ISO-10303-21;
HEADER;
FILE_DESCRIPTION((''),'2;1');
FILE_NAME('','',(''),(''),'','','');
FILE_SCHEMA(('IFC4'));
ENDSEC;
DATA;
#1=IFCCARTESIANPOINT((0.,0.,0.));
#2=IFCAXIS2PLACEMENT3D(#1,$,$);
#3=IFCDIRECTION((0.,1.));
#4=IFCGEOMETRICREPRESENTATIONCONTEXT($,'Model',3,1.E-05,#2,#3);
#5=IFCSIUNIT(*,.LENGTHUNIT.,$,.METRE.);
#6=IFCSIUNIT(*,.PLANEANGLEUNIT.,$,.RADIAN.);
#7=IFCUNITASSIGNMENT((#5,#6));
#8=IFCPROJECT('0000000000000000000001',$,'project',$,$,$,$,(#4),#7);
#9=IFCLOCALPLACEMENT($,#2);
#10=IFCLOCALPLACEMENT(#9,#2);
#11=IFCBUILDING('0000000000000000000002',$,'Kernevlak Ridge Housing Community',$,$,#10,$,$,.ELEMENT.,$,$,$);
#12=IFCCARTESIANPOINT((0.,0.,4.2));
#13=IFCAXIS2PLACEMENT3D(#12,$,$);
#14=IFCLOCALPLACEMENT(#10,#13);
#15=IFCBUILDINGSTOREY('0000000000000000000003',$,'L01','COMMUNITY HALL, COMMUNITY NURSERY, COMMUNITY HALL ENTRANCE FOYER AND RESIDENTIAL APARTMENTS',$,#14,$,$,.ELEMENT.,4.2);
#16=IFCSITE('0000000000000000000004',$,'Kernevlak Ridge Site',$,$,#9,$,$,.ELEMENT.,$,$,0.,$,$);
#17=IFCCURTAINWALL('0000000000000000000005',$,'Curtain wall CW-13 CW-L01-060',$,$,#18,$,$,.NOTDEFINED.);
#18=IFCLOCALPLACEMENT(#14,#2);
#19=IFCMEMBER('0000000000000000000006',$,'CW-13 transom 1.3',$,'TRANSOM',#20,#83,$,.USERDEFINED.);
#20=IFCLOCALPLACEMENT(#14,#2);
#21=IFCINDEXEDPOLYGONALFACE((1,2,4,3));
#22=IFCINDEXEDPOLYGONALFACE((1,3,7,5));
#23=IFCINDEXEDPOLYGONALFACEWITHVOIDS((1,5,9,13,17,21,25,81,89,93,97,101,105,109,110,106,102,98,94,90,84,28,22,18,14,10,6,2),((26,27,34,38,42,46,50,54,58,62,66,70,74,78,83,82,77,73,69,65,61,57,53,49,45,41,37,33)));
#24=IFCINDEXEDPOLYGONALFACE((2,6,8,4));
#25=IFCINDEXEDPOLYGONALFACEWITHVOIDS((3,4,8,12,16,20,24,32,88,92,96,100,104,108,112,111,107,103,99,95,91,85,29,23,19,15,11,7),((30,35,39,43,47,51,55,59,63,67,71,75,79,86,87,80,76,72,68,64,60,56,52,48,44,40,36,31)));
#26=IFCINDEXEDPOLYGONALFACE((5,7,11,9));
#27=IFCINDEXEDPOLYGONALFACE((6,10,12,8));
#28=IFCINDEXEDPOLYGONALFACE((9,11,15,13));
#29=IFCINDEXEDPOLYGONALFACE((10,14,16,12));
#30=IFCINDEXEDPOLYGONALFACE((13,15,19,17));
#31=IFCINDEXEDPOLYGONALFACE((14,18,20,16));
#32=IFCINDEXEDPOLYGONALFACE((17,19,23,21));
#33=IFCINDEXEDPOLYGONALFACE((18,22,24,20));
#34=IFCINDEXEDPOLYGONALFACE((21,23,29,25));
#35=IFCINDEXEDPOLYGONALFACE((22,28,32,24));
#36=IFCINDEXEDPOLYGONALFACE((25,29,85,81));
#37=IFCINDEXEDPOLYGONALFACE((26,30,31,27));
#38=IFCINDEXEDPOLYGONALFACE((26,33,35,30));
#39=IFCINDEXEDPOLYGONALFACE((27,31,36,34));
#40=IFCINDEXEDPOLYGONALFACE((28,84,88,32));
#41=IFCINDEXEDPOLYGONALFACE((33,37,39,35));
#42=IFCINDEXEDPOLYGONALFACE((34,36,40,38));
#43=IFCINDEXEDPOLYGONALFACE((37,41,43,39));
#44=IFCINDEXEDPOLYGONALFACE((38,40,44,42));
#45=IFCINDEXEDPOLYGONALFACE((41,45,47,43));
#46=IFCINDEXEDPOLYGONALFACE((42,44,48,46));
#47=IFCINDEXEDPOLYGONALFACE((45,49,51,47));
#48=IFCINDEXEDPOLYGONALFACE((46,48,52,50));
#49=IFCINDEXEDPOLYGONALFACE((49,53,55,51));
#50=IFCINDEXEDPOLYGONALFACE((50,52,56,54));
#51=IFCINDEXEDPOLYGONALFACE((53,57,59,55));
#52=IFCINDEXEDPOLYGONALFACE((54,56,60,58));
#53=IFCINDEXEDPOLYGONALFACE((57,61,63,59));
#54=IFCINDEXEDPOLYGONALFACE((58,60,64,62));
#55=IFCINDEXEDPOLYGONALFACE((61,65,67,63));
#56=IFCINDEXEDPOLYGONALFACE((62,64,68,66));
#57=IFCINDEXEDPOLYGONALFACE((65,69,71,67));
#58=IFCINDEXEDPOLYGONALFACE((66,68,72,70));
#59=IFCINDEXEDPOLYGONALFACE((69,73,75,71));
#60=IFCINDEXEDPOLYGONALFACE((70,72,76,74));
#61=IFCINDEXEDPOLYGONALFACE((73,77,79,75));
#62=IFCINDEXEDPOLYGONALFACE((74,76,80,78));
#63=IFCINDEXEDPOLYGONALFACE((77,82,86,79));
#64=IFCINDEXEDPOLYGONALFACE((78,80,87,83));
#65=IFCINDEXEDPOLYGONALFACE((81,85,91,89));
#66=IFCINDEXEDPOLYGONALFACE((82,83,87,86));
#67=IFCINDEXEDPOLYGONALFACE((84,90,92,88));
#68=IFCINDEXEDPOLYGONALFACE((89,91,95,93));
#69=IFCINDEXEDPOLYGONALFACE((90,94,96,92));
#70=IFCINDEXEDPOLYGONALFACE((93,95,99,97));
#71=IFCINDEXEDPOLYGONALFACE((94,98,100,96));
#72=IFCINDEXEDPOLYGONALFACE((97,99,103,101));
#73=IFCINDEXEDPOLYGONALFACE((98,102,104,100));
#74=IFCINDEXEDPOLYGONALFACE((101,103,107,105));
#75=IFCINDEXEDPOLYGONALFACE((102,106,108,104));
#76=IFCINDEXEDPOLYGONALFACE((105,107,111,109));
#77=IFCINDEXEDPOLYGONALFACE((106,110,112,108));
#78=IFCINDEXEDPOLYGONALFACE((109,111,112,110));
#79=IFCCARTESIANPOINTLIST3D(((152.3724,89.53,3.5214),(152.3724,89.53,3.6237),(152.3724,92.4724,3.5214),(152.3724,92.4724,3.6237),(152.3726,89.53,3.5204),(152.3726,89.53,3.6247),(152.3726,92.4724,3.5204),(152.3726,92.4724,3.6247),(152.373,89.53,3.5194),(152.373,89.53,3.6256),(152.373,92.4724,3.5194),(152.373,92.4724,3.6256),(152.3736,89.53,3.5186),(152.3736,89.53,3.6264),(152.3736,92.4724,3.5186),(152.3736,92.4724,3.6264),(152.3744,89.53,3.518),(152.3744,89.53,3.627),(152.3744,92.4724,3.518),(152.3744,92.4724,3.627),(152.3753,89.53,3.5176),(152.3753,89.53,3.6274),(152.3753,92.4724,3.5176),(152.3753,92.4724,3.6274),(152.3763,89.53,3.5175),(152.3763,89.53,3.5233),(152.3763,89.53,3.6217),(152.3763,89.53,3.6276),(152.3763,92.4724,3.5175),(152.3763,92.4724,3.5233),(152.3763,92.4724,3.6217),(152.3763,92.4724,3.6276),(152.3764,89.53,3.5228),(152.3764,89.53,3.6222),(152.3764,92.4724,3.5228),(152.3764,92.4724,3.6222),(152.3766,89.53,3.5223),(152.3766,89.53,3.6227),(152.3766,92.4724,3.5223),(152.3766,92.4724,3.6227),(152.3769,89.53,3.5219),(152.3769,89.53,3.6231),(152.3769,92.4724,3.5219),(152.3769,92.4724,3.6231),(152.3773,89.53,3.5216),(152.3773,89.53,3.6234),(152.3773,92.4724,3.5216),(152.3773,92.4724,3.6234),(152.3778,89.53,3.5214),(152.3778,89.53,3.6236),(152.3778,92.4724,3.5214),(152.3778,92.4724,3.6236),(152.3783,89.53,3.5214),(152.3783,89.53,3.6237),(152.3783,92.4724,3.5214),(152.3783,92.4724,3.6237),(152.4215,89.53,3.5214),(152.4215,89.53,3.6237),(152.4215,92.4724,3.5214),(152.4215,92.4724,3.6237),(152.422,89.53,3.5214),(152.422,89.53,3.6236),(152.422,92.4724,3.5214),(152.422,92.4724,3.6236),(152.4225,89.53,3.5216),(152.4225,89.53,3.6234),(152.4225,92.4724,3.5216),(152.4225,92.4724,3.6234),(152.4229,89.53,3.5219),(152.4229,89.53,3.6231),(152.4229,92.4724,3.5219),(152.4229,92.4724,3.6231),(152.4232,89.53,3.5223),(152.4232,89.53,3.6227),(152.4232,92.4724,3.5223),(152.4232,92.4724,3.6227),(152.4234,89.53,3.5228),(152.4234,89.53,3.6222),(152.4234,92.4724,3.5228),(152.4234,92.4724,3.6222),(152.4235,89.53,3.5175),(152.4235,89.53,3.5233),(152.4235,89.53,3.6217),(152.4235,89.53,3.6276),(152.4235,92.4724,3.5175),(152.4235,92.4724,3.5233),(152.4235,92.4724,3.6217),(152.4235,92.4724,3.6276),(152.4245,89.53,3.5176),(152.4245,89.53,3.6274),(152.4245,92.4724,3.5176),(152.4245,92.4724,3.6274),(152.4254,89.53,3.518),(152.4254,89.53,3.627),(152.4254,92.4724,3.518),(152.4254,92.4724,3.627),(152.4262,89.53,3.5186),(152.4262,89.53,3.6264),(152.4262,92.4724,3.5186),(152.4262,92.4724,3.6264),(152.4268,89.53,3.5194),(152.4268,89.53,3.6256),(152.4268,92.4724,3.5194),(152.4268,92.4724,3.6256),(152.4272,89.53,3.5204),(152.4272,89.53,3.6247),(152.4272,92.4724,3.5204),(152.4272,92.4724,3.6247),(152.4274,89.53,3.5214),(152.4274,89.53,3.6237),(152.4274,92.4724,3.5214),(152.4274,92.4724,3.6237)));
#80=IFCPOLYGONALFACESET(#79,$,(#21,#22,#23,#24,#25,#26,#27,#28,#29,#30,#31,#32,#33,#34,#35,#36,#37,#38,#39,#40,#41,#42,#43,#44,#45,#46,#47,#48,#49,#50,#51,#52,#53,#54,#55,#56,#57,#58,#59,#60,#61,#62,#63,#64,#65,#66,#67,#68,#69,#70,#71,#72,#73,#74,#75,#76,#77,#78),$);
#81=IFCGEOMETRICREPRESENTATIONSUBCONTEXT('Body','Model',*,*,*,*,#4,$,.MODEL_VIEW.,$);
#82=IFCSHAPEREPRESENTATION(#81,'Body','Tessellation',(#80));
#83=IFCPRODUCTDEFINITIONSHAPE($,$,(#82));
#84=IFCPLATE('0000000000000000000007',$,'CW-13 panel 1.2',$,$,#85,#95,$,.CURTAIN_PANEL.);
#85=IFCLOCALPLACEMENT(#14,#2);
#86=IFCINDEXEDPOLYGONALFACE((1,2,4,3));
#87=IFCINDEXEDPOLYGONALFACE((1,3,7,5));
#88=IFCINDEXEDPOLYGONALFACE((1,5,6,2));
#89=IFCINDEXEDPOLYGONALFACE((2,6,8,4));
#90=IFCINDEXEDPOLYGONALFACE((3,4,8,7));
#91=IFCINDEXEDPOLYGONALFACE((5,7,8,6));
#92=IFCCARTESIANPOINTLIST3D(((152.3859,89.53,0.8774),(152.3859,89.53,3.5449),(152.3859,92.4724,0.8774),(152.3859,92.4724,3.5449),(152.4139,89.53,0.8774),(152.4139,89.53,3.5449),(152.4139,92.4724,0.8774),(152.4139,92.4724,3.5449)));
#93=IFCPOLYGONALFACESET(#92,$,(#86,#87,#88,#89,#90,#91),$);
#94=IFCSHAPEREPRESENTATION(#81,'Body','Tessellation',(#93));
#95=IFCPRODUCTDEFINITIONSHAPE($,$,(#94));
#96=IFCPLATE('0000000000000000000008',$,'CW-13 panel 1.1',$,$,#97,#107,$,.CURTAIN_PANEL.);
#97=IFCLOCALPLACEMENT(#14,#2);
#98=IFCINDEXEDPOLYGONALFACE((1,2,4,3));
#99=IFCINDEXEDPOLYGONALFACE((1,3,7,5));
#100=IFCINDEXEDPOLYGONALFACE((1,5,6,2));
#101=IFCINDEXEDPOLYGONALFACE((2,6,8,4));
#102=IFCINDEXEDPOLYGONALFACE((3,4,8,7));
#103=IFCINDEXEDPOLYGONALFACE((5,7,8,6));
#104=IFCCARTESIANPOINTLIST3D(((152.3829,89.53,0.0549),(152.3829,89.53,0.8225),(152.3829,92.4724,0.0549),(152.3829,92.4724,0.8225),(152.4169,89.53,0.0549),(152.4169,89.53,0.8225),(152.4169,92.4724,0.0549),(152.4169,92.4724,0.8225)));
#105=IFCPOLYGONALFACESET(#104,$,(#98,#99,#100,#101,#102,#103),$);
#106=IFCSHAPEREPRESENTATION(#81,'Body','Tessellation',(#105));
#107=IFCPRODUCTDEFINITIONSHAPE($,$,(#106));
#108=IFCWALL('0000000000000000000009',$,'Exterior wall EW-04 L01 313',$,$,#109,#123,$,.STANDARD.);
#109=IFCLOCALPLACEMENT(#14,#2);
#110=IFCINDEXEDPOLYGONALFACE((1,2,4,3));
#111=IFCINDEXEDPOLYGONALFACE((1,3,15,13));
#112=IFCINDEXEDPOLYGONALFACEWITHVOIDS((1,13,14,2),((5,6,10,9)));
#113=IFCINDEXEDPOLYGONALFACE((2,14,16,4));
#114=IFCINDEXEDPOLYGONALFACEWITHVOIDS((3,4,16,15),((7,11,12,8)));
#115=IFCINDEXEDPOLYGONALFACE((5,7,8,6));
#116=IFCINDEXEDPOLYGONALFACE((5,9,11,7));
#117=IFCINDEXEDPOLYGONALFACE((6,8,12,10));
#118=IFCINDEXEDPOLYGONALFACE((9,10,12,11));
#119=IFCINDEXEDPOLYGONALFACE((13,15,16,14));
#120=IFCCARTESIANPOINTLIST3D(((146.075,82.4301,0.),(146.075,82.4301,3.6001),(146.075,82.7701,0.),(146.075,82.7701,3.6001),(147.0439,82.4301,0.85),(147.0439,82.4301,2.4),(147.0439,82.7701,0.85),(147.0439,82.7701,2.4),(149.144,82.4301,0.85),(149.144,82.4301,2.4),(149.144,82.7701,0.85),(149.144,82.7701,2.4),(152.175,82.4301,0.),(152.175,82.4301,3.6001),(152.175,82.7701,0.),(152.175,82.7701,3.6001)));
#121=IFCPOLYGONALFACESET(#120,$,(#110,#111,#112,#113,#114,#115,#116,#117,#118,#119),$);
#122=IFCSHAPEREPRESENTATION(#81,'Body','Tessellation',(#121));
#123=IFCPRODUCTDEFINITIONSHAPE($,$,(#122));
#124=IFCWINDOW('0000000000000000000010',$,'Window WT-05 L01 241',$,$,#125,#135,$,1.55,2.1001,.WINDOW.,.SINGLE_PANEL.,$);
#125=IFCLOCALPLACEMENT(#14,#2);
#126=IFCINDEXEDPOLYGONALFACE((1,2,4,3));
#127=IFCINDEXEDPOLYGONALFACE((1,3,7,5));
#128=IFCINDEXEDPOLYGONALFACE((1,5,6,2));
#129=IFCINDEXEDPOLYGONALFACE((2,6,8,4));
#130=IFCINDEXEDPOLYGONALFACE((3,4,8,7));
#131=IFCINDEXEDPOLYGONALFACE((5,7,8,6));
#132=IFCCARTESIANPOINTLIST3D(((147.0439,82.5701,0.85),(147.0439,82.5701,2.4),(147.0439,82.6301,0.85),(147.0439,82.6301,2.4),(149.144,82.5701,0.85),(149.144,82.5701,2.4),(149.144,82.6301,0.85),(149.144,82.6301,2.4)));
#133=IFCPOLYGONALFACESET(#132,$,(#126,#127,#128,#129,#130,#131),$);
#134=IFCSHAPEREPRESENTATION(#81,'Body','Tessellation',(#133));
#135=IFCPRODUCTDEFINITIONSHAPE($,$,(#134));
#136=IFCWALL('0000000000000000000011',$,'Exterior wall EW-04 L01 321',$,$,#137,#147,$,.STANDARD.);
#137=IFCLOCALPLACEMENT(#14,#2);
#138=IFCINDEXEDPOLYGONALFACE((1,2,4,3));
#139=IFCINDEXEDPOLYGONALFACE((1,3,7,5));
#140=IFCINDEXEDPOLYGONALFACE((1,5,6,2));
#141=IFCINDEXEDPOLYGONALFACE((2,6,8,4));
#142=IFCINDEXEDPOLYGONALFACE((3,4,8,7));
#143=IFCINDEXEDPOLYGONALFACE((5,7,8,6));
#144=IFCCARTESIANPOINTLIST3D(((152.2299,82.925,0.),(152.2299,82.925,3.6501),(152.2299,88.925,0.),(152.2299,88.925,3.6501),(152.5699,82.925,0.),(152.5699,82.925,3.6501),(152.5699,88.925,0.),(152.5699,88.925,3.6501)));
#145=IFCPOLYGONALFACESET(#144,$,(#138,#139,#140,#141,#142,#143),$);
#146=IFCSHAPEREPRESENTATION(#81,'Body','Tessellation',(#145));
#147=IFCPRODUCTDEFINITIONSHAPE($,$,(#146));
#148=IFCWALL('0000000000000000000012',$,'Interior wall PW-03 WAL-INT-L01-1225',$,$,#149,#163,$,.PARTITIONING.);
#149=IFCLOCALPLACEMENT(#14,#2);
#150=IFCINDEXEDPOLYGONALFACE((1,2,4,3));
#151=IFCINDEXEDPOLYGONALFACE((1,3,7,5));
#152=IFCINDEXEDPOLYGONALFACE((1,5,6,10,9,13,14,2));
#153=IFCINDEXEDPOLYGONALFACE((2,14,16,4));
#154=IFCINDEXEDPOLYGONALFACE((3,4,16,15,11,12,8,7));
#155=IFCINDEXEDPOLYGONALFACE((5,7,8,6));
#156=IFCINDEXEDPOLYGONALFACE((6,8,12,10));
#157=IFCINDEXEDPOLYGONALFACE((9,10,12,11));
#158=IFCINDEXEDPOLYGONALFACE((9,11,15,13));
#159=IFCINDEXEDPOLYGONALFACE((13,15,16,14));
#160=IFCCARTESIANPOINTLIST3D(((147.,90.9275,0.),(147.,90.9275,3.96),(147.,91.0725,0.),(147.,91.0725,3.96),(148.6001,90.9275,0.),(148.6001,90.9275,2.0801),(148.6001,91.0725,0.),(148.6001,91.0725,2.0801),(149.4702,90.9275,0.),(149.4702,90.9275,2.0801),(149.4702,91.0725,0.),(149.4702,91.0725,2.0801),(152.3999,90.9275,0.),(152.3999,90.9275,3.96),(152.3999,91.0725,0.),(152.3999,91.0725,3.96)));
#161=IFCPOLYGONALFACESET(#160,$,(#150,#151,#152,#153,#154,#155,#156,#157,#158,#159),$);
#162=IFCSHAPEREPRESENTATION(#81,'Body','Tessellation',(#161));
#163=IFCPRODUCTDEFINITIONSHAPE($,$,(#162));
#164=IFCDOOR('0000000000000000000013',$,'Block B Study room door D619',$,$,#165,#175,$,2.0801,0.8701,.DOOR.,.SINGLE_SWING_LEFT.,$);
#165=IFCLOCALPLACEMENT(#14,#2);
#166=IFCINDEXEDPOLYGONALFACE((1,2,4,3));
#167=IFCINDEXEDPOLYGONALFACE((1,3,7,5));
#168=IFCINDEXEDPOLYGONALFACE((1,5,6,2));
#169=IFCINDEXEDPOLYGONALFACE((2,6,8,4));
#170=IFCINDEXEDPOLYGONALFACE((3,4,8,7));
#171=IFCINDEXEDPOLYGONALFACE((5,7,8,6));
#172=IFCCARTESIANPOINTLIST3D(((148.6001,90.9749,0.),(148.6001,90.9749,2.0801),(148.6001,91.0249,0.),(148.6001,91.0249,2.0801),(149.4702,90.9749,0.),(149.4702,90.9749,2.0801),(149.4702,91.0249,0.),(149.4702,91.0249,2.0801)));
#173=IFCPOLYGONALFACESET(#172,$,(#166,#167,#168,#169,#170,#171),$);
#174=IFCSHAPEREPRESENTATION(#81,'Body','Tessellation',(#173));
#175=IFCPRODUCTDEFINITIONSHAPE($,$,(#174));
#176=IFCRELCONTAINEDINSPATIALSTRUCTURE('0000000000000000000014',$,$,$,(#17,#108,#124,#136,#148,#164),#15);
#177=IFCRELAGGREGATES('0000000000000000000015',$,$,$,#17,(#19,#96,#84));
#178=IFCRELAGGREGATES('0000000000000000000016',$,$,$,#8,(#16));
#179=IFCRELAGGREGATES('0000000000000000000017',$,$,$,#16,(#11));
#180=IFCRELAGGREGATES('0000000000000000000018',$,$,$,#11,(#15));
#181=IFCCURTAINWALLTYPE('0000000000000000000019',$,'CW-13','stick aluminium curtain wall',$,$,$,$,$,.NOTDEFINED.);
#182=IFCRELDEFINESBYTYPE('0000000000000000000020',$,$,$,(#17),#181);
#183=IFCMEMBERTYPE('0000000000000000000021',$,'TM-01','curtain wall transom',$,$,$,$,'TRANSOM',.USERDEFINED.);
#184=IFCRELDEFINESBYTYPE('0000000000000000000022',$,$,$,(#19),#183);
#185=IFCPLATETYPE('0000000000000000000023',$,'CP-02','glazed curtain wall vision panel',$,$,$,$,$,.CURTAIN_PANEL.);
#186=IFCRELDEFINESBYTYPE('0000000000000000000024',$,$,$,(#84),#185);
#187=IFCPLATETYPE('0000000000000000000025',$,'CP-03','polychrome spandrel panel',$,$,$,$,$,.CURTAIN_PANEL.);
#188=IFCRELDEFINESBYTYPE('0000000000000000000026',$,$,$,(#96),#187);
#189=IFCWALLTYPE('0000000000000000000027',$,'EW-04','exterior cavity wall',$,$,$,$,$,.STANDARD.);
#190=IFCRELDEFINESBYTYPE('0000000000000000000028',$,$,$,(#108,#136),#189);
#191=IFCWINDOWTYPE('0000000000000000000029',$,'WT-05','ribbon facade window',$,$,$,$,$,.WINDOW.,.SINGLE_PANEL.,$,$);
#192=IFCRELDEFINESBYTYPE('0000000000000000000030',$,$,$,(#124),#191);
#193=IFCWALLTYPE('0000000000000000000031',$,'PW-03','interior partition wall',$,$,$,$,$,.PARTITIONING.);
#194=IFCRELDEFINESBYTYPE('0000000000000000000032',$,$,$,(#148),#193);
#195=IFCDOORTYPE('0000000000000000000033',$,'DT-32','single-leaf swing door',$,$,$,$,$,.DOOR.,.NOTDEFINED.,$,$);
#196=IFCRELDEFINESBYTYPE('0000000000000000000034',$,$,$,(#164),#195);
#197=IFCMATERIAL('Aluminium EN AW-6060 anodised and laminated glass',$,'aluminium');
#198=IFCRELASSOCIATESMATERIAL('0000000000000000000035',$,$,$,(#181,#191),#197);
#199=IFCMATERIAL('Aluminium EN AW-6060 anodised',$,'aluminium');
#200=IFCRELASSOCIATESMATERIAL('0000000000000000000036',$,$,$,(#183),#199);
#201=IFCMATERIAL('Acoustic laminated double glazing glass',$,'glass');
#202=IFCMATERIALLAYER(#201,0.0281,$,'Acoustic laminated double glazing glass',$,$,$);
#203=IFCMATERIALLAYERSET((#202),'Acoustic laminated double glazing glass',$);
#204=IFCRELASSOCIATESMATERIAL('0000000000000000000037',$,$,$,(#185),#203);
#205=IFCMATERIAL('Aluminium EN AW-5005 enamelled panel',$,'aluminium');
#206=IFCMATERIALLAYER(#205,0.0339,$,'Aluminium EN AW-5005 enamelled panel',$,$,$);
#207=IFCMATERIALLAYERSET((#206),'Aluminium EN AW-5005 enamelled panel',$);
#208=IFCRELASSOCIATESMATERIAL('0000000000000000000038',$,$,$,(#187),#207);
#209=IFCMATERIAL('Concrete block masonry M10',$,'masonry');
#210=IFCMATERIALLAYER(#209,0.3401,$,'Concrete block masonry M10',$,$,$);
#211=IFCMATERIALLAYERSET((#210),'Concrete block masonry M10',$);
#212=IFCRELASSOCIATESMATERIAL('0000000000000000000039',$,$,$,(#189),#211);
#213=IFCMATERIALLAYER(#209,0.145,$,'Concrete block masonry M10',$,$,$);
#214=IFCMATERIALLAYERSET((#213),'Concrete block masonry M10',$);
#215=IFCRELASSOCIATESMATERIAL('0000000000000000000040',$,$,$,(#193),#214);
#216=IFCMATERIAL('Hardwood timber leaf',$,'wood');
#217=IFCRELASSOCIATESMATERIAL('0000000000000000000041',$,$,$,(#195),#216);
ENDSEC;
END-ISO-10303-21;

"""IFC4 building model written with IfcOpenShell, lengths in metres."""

from ifc_helpers import new_model, si_unit, direction, frame, frame_2d, origin, origin_2d, place, context, subcontext, project, spatial, rectangle, hollow_rectangle, extrude, material, layer, layer_set, material_profile, profile_set, type_object, element, fill, aggregate, save


model = new_model("IFC4")

# Units and contexts
model_context = context("Model", 3, precision=1e-05, world=origin(), true_north=direction((0.0, 1.0)))
body_context = subcontext(model_context, "Body", "Model", "MODEL_VIEW")
ifc_project = project(units=[si_unit("LENGTHUNIT", "METRE"), si_unit("PLANEANGLEUNIT", "RADIAN")], contexts=[model_context])

# Site, building, storey
site_placement = place(None, origin())
site = spatial("IfcSite", under=ifc_project, at=site_placement, Name="Kernevlak Ridge Site", CompositionType="ELEMENT", RefElevation=0.0)
building_placement = place(site_placement, origin())
building = spatial("IfcBuilding", under=site, at=building_placement, Name="Kernevlak Ridge Housing Community", CompositionType="ELEMENT")
storey_placement = place(building_placement, frame((0.0, 0.0, 4.2)))
storey = spatial("IfcBuildingStorey", under=building, at=storey_placement, Name="L01", Description="COMMUNITY HALL, COMMUNITY NURSERY, COMMUNITY HALL ENTRANCE FOYER AND RESIDENTIAL APARTMENTS", CompositionType="ELEMENT", Elevation=4.2)

# Curtain wall
ifc_material_1 = material(Name="Aluminium EN AW-6060 anodised and laminated glass", Category="aluminium")
curtain_wall_type = type_object("IfcCurtainWallType", Name="CW-13", Description="stick aluminium curtain wall", PredefinedType="NOTDEFINED", material=ifc_material_1)
curtain_wall_placement = place(storey_placement, origin())
curtain_wall = element("IfcCurtainWall", 1, at=curtain_wall_placement, inside=storey, type_object=curtain_wall_type, Name="Curtain wall CW-13 CW-L01-060", PredefinedType="NOTDEFINED")
ifc_material_2 = material(Name="Aluminium EN AW-6060 anodised", Category="aluminium")

# Member
ifc_material_profile_1 = material_profile(ifc_material_2, hollow_rectangle(XDim=0.0549, YDim=0.1101, WallThickness=0.0039, InnerFilletRadius=0.002, OuterFilletRadius=0.0039, at=origin_2d()), Name="ALU 55x110x4")
ifc_profile_set_1 = profile_set([ifc_material_profile_1], Name="Aluminium EN AW-6060 anodised")
member_type_1 = type_object("IfcMemberType", Name="TM-01", Description="curtain wall transom", ElementType="TRANSOM", PredefinedType="USERDEFINED", material=ifc_profile_set_1)
member_1_placement = place(storey_placement, frame((152.3999, 89.53, 3.5725), z_axis=(0.0, 1.0, 0.0), x_axis=(-1.0, 0.0, 0.0)))
member_1 = element("IfcMember", 2, at=member_1_placement, type_object=member_type_1, Name="CW-13 transom 1.3", ObjectType="TRANSOM", PredefinedType="USERDEFINED", context=body_context, shape_type="SweptSolid", body=[
    extrude(hollow_rectangle(XDim=0.0549, YDim=0.1101, WallThickness=0.0039, InnerFilletRadius=0.002, OuterFilletRadius=0.0039, at=origin_2d()), origin(), (0.0, 0.0, 1.0), 2.9424),
])

# Plates
ifc_material_3 = material(Name="Acoustic laminated double glazing glass", Category="glass")
ifc_layer_1 = layer(ifc_material_3, 0.0281, Name="Acoustic laminated double glazing glass")
ifc_layer_set_1 = layer_set([ifc_layer_1], Name="Acoustic laminated double glazing glass")
plate_type_1 = type_object("IfcPlateType", Name="CP-02", Description="glazed curtain wall vision panel", PredefinedType="CURTAIN_PANEL", material=ifc_layer_set_1)
plate_1_placement = place(storey_placement, frame((152.3999, 91.0012, 0.8774), z_axis=(0.0, 0.0, 1.0), x_axis=(0.0, 1.0, 0.0)))
plate_1 = element("IfcPlate", 3, at=plate_1_placement, type_object=plate_type_1, Name="CW-13 panel 1.2", PredefinedType="CURTAIN_PANEL", context=body_context, shape_type="SweptSolid", body=[
    extrude(rectangle(XDim=2.9424, YDim=0.0281, at=origin_2d()), origin(), (0.0, 0.0, 1.0), 2.6675),
])
ifc_material_4 = material(Name="Aluminium EN AW-5005 enamelled panel", Category="aluminium")
ifc_layer_2 = layer(ifc_material_4, 0.0339, Name="Aluminium EN AW-5005 enamelled panel")
ifc_layer_set_2 = layer_set([ifc_layer_2], Name="Aluminium EN AW-5005 enamelled panel")
plate_type_2 = type_object("IfcPlateType", Name="CP-03", Description="polychrome spandrel panel", PredefinedType="CURTAIN_PANEL", material=ifc_layer_set_2)
plate_2_placement = place(storey_placement, frame((152.3999, 91.0012, 0.0549), z_axis=(0.0, 0.0, 1.0), x_axis=(0.0, 1.0, 0.0)))
plate_2 = element("IfcPlate", 4, at=plate_2_placement, type_object=plate_type_2, Name="CW-13 panel 1.1", PredefinedType="CURTAIN_PANEL", context=body_context, shape_type="SweptSolid", body=[
    extrude(rectangle(XDim=2.9424, YDim=0.0339, at=origin_2d()), origin(), (0.0, 0.0, 1.0), 0.7676),
])
aggregate(curtain_wall, [member_1, plate_2, plate_1])

# Wall, opening, window
ifc_material_5 = material(Name="Concrete block masonry M10", Category="masonry")
ifc_layer_3 = layer(ifc_material_5, 0.3401, Name="Concrete block masonry M10")
ifc_layer_set_3 = layer_set([ifc_layer_3], Name="Concrete block masonry M10")
wall_type_1 = type_object("IfcWallType", Name="EW-04", Description="exterior cavity wall", PredefinedType="STANDARD", material=ifc_layer_set_3)
wall_1_placement = place(storey_placement, frame((146.075, 82.6001, 0.0), z_axis=(0.0, 0.0, 1.0), x_axis=(1.0, 0.0, 0.0)))
wall_1 = element("IfcWall", 5, at=wall_1_placement, inside=storey, type_object=wall_type_1, Name="Exterior wall EW-04 L01 313", PredefinedType="STANDARD", context=body_context, shape_type="SweptSolid", body=[
    extrude(rectangle(XDim=6.1001, YDim=0.3401, at=frame_2d((3.05, 0.0))), origin(), (0.0, 0.0, 1.0), 3.6001),
])
opening_1_placement = place(wall_1_placement, frame((0.969, 0.0, 0.8501)))
opening_1 = element("IfcOpeningElement", 6, at=opening_1_placement, cuts=wall_1, PredefinedType="OPENING", context=body_context, shape_type="SweptSolid", body=[
    extrude(rectangle(XDim=2.1001, YDim=1.55, at=frame_2d((1.05, 0.7749))), frame((0.0, 0.1799, 0.0), z_axis=(0.0, -1.0, 0.0), x_axis=(1.0, 0.0, 0.0)), (0.0, 0.0, 1.0), 0.3601),
])
window_type = type_object("IfcWindowType", Name="WT-05", Description="ribbon facade window", PartitioningType="SINGLE_PANEL", PredefinedType="WINDOW", material=ifc_material_1)
window_placement = place(opening_1_placement, origin())
window = element("IfcWindow", 7, at=window_placement, inside=storey, type_object=window_type, Name="Window WT-05 L01 241", OverallHeight=1.55, OverallWidth=2.1001, PartitioningType="SINGLE_PANEL", PredefinedType="WINDOW", context=body_context, shape_type="SweptSolid", body=[
    extrude(rectangle(XDim=2.1001, YDim=1.55, at=frame_2d((1.05, 0.7749))), frame((0.0, 0.03, 0.0), z_axis=(0.0, -1.0, 0.0), x_axis=(1.0, 0.0, 0.0)), (0.0, 0.0, 1.0), 0.0601),
])
fill(opening_1, window)

# Wall
wall_2_placement = place(storey_placement, frame((152.3999, 82.925, 0.0), z_axis=(0.0, 0.0, 1.0), x_axis=(0.0, 1.0, 0.0)))
element("IfcWall", 8, at=wall_2_placement, inside=storey, type_object=wall_type_1, Name="Exterior wall EW-04 L01 321", PredefinedType="STANDARD", context=body_context, shape_type="SweptSolid", body=[
    extrude(rectangle(XDim=6.0, YDim=0.3401, at=frame_2d((3.0, 0.0))), origin(), (0.0, 0.0, 1.0), 3.6501),
])

# Wall, opening, door
ifc_layer_4 = layer(ifc_material_5, 0.145, Name="Concrete block masonry M10")
ifc_layer_set_4 = layer_set([ifc_layer_4], Name="Concrete block masonry M10")
wall_type_2 = type_object("IfcWallType", Name="PW-03", Description="interior partition wall", PredefinedType="PARTITIONING", material=ifc_layer_set_4)
wall_3_placement = place(storey_placement, frame((147.0, 91.0, 0.0), z_axis=(0.0, 0.0, 1.0), x_axis=(1.0, 0.0, 0.0)))
wall_3 = element("IfcWall", 9, at=wall_3_placement, inside=storey, type_object=wall_type_2, Name="Interior wall PW-03 WAL-INT-L01-1225", PredefinedType="PARTITIONING", context=body_context, shape_type="SweptSolid", body=[
    extrude(rectangle(XDim=5.3999, YDim=0.145, at=frame_2d((2.7, 0.0))), origin(), (0.0, 0.0, 1.0), 3.96),
])
opening_2_placement = place(wall_3_placement, frame((1.6001, 0.0, 0.0)))
opening_2 = element("IfcOpeningElement", 10, at=opening_2_placement, cuts=wall_3, PredefinedType="OPENING", context=body_context, shape_type="SweptSolid", body=[
    extrude(rectangle(XDim=0.8701, YDim=2.0801, at=frame_2d((0.4351, 1.04))), frame((0.0, 0.0825, 0.0), z_axis=(0.0, -1.0, 0.0), x_axis=(1.0, 0.0, 0.0)), (0.0, 0.0, 1.0), 0.165),
])
ifc_material_6 = material(Name="Hardwood timber leaf", Category="wood")
door_type_1 = type_object("IfcDoorType", Name="DT-32", Description="single-leaf swing door", OperationType="NOTDEFINED", PredefinedType="DOOR", material=ifc_material_6)
door_1_placement = place(opening_2_placement, origin())
door_1 = element("IfcDoor", 11, at=door_1_placement, inside=storey, type_object=door_type_1, Name="Block B Study room door D619", OperationType="SINGLE_SWING_LEFT", OverallHeight=2.0801, OverallWidth=0.8701, PredefinedType="DOOR", context=body_context, shape_type="SweptSolid", body=[
    extrude(rectangle(XDim=0.8701, YDim=2.0801, at=frame_2d((0.4351, 1.04))), frame((0.0, 0.0249, 0.0), z_axis=(0.0, -1.0, 0.0), x_axis=(1.0, 0.0, 0.0)), (0.0, 0.0, 1.0), 0.05),
])
fill(opening_2, door_1)

save(model, "model.ifc")
